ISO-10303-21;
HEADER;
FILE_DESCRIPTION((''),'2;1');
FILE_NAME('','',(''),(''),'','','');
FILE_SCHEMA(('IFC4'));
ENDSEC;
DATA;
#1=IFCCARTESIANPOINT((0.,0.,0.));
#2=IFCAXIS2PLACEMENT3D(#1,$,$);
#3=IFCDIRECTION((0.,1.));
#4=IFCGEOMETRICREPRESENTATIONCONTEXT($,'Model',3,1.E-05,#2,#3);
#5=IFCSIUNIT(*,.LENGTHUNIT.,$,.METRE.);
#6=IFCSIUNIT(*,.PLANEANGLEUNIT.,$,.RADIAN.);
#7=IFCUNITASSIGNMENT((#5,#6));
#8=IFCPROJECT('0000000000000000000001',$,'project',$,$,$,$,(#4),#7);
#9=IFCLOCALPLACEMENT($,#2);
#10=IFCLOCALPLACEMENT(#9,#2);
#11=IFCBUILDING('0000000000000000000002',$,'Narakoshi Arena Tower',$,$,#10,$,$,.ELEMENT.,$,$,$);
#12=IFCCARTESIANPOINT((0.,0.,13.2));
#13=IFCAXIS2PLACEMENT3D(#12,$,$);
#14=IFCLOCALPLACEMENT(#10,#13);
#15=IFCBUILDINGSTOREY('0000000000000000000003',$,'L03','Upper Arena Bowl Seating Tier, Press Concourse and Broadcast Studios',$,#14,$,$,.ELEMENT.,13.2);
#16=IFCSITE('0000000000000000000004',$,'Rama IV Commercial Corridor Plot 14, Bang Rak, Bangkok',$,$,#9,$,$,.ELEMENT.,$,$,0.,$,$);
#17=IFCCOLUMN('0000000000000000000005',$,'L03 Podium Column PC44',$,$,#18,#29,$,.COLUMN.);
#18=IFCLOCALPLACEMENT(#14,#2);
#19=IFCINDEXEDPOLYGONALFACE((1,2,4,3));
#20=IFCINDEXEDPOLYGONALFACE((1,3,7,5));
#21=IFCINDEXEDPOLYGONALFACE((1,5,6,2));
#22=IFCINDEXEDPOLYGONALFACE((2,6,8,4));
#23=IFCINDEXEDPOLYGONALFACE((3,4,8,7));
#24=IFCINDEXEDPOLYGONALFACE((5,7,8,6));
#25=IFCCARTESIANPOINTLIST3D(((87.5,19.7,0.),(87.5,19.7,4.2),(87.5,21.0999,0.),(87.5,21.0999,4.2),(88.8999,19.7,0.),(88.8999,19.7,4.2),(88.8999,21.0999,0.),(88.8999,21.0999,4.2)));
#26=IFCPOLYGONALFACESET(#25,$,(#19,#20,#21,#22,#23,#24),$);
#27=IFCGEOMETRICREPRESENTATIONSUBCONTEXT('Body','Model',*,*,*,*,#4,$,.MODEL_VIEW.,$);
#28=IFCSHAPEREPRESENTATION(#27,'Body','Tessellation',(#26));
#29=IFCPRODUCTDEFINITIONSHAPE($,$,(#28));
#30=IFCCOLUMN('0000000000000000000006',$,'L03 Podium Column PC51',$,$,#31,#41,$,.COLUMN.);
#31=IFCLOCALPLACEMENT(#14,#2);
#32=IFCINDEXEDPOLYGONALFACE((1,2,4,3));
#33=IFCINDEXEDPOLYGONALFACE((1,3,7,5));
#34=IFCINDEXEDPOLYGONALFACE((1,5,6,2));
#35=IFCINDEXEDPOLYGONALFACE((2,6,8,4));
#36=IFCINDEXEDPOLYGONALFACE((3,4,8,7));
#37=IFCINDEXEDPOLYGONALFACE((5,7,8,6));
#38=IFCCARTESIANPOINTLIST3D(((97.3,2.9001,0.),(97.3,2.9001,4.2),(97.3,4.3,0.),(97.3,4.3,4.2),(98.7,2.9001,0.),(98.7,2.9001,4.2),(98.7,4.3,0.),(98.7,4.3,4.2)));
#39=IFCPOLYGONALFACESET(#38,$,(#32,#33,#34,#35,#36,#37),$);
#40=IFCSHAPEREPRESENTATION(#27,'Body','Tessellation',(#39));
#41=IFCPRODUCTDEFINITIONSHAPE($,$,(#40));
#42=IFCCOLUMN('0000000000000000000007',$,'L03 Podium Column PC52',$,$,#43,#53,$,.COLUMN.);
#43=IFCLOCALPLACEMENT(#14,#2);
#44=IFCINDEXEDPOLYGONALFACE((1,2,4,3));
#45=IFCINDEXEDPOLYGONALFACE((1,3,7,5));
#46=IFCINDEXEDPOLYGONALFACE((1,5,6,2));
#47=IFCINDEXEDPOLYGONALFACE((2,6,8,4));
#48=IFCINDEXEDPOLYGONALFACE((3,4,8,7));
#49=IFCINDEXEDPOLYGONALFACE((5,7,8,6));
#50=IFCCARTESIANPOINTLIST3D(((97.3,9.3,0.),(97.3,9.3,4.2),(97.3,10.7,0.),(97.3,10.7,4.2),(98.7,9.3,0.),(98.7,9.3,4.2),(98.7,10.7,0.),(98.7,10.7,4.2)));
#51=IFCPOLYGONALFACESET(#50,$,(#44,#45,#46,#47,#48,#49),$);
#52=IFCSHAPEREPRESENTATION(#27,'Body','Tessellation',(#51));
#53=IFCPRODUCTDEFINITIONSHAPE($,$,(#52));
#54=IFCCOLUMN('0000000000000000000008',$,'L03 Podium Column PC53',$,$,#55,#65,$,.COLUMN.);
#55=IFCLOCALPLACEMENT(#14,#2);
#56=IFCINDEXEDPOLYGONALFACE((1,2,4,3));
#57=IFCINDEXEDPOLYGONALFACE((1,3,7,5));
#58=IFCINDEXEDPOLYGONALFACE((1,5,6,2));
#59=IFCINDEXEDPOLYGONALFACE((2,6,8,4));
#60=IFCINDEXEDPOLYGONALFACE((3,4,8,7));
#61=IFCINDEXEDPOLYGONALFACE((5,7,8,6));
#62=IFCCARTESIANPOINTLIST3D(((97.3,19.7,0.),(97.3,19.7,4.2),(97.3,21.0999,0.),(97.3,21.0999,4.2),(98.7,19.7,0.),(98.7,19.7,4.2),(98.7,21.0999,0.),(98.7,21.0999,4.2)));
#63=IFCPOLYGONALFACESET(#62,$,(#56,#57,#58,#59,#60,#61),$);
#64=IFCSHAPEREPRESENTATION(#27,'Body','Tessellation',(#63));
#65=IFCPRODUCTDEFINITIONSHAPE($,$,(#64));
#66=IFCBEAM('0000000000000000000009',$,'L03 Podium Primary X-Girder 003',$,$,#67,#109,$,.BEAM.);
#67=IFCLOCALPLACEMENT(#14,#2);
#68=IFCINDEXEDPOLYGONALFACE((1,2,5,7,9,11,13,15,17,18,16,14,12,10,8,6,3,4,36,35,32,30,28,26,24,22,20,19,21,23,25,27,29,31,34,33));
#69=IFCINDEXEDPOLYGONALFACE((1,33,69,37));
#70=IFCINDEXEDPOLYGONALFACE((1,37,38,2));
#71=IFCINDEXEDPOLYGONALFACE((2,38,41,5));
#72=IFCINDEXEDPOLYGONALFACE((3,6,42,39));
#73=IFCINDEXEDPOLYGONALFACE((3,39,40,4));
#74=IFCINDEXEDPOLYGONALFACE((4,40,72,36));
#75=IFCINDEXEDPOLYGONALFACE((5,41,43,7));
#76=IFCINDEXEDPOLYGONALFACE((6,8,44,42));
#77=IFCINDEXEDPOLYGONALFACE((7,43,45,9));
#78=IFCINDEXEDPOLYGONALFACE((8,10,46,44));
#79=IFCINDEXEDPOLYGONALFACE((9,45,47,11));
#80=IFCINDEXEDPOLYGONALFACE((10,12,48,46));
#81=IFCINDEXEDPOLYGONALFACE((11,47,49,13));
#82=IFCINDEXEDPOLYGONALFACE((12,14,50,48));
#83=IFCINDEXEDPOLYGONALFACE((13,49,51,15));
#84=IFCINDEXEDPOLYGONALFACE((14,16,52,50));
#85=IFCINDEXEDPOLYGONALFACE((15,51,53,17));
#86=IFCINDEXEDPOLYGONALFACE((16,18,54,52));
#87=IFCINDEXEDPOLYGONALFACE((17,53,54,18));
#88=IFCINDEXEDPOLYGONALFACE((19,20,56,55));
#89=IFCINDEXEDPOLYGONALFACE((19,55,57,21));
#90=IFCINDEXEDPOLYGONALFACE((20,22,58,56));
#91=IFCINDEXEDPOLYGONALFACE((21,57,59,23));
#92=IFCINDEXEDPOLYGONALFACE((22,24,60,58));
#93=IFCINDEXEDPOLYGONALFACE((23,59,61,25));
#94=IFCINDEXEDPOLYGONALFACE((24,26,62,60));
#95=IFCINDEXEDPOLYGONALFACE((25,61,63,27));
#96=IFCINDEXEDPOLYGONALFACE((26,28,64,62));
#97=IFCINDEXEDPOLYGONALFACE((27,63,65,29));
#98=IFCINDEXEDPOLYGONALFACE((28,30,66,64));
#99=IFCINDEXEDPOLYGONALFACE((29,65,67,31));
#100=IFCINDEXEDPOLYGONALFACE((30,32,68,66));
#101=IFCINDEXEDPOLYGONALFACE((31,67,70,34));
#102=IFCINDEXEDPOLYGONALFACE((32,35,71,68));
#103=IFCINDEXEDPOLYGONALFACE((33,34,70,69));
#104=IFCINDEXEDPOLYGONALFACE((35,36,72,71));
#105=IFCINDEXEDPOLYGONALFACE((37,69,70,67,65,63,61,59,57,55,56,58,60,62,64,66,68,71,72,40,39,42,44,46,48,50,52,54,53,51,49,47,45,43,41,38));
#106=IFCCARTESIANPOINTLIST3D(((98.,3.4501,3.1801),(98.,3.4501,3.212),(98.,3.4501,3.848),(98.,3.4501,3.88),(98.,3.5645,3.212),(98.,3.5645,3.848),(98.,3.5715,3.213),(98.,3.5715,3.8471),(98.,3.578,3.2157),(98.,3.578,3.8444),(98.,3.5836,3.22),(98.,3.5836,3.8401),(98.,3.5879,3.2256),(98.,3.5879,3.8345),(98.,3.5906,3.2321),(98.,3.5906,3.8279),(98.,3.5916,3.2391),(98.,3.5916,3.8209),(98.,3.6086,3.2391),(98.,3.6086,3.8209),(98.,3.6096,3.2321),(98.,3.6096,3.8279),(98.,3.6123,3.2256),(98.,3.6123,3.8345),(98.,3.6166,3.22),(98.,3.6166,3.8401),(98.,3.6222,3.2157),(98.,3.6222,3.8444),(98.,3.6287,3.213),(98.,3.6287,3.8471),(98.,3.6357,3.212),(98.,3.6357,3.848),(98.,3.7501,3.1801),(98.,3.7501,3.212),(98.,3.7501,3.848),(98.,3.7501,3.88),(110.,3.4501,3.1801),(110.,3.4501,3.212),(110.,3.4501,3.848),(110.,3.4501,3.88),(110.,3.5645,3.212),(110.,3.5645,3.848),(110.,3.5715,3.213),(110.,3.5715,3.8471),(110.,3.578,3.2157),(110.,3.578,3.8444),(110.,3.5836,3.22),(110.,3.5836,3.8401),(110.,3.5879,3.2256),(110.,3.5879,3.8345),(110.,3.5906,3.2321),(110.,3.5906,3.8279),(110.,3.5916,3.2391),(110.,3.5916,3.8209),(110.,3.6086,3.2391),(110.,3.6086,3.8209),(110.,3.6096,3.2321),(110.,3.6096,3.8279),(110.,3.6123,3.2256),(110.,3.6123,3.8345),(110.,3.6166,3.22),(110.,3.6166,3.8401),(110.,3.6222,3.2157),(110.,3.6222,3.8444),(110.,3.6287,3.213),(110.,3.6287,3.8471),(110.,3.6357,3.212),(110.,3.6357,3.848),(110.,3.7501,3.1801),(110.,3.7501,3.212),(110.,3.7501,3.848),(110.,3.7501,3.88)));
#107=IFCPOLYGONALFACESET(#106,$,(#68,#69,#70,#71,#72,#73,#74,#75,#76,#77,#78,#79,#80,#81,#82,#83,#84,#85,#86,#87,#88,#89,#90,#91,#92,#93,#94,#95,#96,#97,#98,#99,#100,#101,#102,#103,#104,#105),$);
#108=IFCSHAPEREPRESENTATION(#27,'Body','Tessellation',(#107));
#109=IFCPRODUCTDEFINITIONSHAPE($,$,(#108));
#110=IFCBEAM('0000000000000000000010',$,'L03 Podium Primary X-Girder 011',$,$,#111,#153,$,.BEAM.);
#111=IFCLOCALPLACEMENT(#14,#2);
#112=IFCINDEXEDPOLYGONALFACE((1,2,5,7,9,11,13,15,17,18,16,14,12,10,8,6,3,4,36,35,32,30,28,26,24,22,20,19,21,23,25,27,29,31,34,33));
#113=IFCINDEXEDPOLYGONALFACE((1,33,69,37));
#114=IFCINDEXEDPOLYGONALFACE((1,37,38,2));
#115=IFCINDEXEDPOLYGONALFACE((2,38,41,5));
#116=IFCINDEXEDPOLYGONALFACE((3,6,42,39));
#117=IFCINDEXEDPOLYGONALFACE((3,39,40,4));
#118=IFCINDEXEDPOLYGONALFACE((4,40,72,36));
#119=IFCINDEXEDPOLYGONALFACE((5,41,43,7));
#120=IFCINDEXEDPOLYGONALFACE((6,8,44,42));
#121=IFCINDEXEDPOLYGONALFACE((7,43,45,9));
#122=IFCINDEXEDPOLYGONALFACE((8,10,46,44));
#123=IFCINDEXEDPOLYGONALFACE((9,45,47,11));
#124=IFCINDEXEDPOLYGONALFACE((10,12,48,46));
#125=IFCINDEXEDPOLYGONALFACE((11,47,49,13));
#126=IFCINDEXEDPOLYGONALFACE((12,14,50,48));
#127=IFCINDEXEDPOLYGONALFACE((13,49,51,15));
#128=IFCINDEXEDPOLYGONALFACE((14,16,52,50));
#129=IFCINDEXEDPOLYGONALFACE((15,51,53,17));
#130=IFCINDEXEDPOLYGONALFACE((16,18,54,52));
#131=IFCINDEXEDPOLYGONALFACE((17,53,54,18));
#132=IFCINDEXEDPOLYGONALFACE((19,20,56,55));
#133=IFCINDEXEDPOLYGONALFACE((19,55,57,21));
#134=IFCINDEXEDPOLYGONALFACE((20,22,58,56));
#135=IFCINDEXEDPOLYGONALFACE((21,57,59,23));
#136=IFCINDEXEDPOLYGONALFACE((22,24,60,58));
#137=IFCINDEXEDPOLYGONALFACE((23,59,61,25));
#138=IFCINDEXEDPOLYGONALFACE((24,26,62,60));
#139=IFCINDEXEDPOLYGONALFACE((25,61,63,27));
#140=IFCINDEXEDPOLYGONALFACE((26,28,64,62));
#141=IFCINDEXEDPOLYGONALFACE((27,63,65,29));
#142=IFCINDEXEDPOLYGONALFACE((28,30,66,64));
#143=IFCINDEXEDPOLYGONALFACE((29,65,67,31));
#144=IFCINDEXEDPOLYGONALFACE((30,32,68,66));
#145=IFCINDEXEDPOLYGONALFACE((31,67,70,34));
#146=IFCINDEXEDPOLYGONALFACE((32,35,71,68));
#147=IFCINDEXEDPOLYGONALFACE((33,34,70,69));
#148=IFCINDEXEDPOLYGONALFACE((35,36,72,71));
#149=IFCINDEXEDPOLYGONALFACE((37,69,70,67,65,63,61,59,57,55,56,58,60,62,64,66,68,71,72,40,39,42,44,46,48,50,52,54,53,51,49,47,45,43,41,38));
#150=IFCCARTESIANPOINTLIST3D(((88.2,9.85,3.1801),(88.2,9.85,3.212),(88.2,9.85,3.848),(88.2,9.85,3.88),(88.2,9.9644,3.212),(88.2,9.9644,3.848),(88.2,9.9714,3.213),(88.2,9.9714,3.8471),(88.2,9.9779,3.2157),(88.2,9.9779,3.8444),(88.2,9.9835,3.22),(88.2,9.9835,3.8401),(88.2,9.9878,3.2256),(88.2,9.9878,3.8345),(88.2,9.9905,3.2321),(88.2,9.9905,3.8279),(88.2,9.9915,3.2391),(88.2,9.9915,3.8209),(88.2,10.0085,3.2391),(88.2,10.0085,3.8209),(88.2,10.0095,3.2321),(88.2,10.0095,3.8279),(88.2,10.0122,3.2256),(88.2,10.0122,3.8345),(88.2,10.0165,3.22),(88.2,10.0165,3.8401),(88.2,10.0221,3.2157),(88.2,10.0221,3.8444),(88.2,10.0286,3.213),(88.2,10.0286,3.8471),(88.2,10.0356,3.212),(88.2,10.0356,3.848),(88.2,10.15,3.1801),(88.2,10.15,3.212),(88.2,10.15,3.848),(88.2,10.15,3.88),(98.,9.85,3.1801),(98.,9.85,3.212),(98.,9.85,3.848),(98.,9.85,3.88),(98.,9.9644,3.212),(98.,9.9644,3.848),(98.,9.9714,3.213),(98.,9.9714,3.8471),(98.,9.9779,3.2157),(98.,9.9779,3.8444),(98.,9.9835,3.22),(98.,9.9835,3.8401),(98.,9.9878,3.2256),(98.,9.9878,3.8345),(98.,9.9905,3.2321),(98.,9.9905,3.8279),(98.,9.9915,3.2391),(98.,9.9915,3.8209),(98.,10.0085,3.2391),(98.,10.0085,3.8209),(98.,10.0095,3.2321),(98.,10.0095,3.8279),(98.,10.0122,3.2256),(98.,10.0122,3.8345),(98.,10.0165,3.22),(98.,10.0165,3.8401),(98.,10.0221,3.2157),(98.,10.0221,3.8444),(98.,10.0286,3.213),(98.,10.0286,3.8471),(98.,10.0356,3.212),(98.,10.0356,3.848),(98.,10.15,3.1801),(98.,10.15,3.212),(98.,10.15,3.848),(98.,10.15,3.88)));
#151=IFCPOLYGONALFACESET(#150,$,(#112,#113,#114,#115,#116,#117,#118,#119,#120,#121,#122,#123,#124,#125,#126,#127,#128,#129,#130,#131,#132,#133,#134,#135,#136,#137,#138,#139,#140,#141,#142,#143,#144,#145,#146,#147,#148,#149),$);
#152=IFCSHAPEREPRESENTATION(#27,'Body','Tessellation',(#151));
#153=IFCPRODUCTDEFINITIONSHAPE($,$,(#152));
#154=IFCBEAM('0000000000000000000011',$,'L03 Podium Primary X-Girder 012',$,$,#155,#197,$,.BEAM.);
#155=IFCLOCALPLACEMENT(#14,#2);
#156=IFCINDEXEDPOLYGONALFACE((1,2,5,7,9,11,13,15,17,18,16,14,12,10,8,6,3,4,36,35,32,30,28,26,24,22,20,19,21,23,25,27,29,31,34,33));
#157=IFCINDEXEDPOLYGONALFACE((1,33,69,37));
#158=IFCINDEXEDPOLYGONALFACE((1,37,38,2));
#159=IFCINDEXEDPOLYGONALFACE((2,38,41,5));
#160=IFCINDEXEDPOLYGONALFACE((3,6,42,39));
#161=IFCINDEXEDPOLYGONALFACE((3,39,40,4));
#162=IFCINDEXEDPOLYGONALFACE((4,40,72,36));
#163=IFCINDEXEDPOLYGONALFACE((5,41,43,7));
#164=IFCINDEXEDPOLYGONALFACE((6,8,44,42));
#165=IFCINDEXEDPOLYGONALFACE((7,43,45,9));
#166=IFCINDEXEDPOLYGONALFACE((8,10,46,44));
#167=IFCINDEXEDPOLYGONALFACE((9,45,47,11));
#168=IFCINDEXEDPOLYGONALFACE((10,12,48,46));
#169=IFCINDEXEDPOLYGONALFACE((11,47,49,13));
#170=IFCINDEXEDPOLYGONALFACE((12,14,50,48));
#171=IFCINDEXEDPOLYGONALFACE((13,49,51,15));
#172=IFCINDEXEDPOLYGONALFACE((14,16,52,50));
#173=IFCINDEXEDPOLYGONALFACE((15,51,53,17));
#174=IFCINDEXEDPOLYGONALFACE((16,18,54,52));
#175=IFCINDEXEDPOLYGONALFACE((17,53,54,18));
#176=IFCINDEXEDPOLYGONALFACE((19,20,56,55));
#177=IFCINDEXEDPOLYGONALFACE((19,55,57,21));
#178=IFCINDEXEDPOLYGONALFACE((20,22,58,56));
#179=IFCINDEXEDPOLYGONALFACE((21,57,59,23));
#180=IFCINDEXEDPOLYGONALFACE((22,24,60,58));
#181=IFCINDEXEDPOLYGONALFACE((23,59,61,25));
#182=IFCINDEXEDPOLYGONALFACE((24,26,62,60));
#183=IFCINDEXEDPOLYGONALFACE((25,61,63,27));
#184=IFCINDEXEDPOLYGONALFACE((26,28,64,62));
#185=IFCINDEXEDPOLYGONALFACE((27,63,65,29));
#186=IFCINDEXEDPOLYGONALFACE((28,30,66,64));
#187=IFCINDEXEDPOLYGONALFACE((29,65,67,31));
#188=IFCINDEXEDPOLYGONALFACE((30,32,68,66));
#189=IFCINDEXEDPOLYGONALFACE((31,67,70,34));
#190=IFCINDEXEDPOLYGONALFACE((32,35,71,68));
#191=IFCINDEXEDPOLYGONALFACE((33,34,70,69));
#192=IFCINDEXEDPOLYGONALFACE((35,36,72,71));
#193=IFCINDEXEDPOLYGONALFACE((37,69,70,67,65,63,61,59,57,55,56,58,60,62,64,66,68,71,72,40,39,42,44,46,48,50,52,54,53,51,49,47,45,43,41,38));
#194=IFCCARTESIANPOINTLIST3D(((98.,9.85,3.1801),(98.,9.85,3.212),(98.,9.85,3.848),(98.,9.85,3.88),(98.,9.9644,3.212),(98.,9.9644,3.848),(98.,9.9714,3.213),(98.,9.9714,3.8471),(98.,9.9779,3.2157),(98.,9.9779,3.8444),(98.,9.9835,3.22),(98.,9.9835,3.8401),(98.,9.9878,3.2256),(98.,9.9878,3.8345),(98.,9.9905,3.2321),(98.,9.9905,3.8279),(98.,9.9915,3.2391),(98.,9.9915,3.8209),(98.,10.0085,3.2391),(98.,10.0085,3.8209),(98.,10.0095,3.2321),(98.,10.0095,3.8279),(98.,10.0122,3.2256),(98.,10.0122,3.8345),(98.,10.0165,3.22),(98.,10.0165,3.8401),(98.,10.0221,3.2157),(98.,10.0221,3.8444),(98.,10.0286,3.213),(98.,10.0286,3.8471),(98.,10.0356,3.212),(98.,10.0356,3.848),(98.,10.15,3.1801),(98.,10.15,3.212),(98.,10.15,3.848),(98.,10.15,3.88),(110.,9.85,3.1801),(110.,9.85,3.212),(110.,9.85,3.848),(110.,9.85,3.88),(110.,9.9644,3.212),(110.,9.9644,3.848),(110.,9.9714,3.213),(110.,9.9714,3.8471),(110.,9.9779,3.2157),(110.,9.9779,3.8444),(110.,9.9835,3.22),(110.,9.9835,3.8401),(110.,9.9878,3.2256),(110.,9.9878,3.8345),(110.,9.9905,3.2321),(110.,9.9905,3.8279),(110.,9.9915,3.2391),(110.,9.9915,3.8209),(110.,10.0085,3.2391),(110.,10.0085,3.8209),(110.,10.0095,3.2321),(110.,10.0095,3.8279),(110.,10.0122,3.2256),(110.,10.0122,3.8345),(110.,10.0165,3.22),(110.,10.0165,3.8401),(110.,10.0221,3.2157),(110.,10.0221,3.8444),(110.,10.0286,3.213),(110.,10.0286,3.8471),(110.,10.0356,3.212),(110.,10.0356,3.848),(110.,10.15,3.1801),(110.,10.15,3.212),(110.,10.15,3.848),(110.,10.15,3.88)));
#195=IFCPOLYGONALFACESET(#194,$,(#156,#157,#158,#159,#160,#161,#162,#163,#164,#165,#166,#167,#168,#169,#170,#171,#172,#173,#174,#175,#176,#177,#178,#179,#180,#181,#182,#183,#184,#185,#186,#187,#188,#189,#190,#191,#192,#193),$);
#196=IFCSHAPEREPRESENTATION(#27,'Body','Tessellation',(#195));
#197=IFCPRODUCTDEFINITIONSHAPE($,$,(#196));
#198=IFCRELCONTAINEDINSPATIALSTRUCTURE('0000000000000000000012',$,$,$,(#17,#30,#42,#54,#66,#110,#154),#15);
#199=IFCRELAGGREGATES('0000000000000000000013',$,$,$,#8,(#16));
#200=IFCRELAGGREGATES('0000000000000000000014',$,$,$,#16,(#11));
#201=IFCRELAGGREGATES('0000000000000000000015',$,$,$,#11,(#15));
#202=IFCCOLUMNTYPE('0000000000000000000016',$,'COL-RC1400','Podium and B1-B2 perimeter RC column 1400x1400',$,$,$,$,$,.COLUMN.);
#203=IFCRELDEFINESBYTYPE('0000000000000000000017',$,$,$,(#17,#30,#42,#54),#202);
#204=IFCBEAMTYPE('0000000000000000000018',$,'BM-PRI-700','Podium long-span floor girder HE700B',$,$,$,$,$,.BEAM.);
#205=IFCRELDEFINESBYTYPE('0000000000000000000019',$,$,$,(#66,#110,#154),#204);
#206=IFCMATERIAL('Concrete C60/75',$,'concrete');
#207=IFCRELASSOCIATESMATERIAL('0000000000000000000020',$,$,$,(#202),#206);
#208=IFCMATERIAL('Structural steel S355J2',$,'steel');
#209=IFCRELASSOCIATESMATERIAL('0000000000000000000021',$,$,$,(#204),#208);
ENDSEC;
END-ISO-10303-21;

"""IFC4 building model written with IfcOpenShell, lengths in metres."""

from ifc_helpers import new_model, si_unit, direction, frame, origin, origin_2d, place, context, subcontext, project, spatial, rectangle, i_section, extrude, material, material_profile, profile_set, type_object, element, save


model = new_model("IFC4")

# Units and contexts
model_context = context("Model", 3, precision=1e-05, world=origin(), true_north=direction((0.0, 1.0)))
body_context = subcontext(model_context, "Body", "Model", "MODEL_VIEW")
ifc_project = project(units=[si_unit("LENGTHUNIT", "METRE"), si_unit("PLANEANGLEUNIT", "RADIAN")], contexts=[model_context])

# Site, building, storey
site_placement = place(None, origin())
site = spatial("IfcSite", under=ifc_project, at=site_placement, Name="Rama IV Commercial Corridor Plot 14, Bang Rak, Bangkok", CompositionType="ELEMENT", RefElevation=0.0)
building_placement = place(site_placement, origin())
building = spatial("IfcBuilding", under=site, at=building_placement, Name="Narakoshi Arena Tower", CompositionType="ELEMENT")
storey_placement = place(building_placement, frame((0.0, 0.0, 13.2)))
storey = spatial("IfcBuildingStorey", under=building, at=storey_placement, Name="L03", Description="Upper Arena Bowl Seating Tier, Press Concourse and Broadcast Studios", CompositionType="ELEMENT", Elevation=13.2)

# Columns
ifc_material_1 = material(Name="Concrete C60/75", Category="concrete")
ifc_material_profile_1 = material_profile(ifc_material_1, rectangle(XDim=1.3999, YDim=1.3999, at=origin_2d()), Name="RC1400x1400")
ifc_profile_set_1 = profile_set([ifc_material_profile_1], Name="Concrete C60/75")
column_type = type_object("IfcColumnType", Name="COL-RC1400", Description="Podium and B1-B2 perimeter RC column 1400x1400", PredefinedType="COLUMN", material=ifc_profile_set_1)
for number, where, z_axis, x_axis, name in (
    (1, (88.2, 20.3999, 0.0), (0.0, 0.0, 1.0), (1.0, 0.0, 0.0), "L03 Podium Column PC44"),
    (2, (98.0, 3.6001, 0.0), (0.0, 0.0, 1.0), (1.0, 0.0, 0.0), "L03 Podium Column PC51"),
    (3, (98.0, 10.0, 0.0), (0.0, 0.0, 1.0), (1.0, 0.0, 0.0), "L03 Podium Column PC52"),
    (4, (98.0, 20.3999, 0.0), (0.0, 0.0, 1.0), (1.0, 0.0, 0.0), "L03 Podium Column PC53"),
):
    element("IfcColumn", number, at=place(storey_placement, frame(where, z_axis=z_axis, x_axis=x_axis)), inside=storey, type_object=column_type, Name=name, PredefinedType="COLUMN", context=body_context, shape_type="SweptSolid", body=[
        extrude(rectangle(XDim=1.3999, YDim=1.3999, at=origin_2d()), origin(), (0.0, 0.0, 1.0), 4.2),
    ])

# Beams
ifc_material_2 = material(Name="Structural steel S355J2", Category="steel")
ifc_material_profile_2 = material_profile(ifc_material_2, i_section(OverallWidth=0.3, OverallDepth=0.7, WebThickness=0.0171, FlangeThickness=0.032, FilletRadius=0.0271, at=origin_2d()), Name="HE700B")
ifc_profile_set_2 = profile_set([ifc_material_profile_2], Name="Structural steel S355J2")
beam_type_1 = type_object("IfcBeamType", Name="BM-PRI-700", Description="Podium long-span floor girder HE700B", PredefinedType="BEAM", material=ifc_profile_set_2)
beam_1_placement = place(storey_placement, frame((98.0, 3.6001, 3.53), z_axis=(1.0, 0.0, 0.0), x_axis=(0.0, 1.0, 0.0)))
element("IfcBeam", 5, at=beam_1_placement, inside=storey, type_object=beam_type_1, Name="L03 Podium Primary X-Girder 003", PredefinedType="BEAM", context=body_context, shape_type="SweptSolid", body=[
    extrude(i_section(OverallWidth=0.3, OverallDepth=0.7, WebThickness=0.0171, FlangeThickness=0.032, FilletRadius=0.0271, at=origin_2d()), origin(), (0.0, 0.0, 1.0), 12.0),
])
beam_2_placement = place(storey_placement, frame((88.2, 10.0, 3.53), z_axis=(1.0, 0.0, 0.0), x_axis=(0.0, 1.0, 0.0)))
element("IfcBeam", 6, at=beam_2_placement, inside=storey, type_object=beam_type_1, Name="L03 Podium Primary X-Girder 011", PredefinedType="BEAM", context=body_context, shape_type="SweptSolid", body=[
    extrude(i_section(OverallWidth=0.3, OverallDepth=0.7, WebThickness=0.0171, FlangeThickness=0.032, FilletRadius=0.0271, at=origin_2d()), origin(), (0.0, 0.0, 1.0), 9.8),
])
beam_3_placement = place(storey_placement, frame((98.0, 10.0, 3.53), z_axis=(1.0, 0.0, 0.0), x_axis=(0.0, 1.0, 0.0)))
element("IfcBeam", 7, at=beam_3_placement, inside=storey, type_object=beam_type_1, Name="L03 Podium Primary X-Girder 012", PredefinedType="BEAM", context=body_context, shape_type="SweptSolid", body=[
    extrude(i_section(OverallWidth=0.3, OverallDepth=0.7, WebThickness=0.0171, FlangeThickness=0.032, FilletRadius=0.0271, at=origin_2d()), origin(), (0.0, 0.0, 1.0), 12.0),
])

save(model, "model.ifc")
